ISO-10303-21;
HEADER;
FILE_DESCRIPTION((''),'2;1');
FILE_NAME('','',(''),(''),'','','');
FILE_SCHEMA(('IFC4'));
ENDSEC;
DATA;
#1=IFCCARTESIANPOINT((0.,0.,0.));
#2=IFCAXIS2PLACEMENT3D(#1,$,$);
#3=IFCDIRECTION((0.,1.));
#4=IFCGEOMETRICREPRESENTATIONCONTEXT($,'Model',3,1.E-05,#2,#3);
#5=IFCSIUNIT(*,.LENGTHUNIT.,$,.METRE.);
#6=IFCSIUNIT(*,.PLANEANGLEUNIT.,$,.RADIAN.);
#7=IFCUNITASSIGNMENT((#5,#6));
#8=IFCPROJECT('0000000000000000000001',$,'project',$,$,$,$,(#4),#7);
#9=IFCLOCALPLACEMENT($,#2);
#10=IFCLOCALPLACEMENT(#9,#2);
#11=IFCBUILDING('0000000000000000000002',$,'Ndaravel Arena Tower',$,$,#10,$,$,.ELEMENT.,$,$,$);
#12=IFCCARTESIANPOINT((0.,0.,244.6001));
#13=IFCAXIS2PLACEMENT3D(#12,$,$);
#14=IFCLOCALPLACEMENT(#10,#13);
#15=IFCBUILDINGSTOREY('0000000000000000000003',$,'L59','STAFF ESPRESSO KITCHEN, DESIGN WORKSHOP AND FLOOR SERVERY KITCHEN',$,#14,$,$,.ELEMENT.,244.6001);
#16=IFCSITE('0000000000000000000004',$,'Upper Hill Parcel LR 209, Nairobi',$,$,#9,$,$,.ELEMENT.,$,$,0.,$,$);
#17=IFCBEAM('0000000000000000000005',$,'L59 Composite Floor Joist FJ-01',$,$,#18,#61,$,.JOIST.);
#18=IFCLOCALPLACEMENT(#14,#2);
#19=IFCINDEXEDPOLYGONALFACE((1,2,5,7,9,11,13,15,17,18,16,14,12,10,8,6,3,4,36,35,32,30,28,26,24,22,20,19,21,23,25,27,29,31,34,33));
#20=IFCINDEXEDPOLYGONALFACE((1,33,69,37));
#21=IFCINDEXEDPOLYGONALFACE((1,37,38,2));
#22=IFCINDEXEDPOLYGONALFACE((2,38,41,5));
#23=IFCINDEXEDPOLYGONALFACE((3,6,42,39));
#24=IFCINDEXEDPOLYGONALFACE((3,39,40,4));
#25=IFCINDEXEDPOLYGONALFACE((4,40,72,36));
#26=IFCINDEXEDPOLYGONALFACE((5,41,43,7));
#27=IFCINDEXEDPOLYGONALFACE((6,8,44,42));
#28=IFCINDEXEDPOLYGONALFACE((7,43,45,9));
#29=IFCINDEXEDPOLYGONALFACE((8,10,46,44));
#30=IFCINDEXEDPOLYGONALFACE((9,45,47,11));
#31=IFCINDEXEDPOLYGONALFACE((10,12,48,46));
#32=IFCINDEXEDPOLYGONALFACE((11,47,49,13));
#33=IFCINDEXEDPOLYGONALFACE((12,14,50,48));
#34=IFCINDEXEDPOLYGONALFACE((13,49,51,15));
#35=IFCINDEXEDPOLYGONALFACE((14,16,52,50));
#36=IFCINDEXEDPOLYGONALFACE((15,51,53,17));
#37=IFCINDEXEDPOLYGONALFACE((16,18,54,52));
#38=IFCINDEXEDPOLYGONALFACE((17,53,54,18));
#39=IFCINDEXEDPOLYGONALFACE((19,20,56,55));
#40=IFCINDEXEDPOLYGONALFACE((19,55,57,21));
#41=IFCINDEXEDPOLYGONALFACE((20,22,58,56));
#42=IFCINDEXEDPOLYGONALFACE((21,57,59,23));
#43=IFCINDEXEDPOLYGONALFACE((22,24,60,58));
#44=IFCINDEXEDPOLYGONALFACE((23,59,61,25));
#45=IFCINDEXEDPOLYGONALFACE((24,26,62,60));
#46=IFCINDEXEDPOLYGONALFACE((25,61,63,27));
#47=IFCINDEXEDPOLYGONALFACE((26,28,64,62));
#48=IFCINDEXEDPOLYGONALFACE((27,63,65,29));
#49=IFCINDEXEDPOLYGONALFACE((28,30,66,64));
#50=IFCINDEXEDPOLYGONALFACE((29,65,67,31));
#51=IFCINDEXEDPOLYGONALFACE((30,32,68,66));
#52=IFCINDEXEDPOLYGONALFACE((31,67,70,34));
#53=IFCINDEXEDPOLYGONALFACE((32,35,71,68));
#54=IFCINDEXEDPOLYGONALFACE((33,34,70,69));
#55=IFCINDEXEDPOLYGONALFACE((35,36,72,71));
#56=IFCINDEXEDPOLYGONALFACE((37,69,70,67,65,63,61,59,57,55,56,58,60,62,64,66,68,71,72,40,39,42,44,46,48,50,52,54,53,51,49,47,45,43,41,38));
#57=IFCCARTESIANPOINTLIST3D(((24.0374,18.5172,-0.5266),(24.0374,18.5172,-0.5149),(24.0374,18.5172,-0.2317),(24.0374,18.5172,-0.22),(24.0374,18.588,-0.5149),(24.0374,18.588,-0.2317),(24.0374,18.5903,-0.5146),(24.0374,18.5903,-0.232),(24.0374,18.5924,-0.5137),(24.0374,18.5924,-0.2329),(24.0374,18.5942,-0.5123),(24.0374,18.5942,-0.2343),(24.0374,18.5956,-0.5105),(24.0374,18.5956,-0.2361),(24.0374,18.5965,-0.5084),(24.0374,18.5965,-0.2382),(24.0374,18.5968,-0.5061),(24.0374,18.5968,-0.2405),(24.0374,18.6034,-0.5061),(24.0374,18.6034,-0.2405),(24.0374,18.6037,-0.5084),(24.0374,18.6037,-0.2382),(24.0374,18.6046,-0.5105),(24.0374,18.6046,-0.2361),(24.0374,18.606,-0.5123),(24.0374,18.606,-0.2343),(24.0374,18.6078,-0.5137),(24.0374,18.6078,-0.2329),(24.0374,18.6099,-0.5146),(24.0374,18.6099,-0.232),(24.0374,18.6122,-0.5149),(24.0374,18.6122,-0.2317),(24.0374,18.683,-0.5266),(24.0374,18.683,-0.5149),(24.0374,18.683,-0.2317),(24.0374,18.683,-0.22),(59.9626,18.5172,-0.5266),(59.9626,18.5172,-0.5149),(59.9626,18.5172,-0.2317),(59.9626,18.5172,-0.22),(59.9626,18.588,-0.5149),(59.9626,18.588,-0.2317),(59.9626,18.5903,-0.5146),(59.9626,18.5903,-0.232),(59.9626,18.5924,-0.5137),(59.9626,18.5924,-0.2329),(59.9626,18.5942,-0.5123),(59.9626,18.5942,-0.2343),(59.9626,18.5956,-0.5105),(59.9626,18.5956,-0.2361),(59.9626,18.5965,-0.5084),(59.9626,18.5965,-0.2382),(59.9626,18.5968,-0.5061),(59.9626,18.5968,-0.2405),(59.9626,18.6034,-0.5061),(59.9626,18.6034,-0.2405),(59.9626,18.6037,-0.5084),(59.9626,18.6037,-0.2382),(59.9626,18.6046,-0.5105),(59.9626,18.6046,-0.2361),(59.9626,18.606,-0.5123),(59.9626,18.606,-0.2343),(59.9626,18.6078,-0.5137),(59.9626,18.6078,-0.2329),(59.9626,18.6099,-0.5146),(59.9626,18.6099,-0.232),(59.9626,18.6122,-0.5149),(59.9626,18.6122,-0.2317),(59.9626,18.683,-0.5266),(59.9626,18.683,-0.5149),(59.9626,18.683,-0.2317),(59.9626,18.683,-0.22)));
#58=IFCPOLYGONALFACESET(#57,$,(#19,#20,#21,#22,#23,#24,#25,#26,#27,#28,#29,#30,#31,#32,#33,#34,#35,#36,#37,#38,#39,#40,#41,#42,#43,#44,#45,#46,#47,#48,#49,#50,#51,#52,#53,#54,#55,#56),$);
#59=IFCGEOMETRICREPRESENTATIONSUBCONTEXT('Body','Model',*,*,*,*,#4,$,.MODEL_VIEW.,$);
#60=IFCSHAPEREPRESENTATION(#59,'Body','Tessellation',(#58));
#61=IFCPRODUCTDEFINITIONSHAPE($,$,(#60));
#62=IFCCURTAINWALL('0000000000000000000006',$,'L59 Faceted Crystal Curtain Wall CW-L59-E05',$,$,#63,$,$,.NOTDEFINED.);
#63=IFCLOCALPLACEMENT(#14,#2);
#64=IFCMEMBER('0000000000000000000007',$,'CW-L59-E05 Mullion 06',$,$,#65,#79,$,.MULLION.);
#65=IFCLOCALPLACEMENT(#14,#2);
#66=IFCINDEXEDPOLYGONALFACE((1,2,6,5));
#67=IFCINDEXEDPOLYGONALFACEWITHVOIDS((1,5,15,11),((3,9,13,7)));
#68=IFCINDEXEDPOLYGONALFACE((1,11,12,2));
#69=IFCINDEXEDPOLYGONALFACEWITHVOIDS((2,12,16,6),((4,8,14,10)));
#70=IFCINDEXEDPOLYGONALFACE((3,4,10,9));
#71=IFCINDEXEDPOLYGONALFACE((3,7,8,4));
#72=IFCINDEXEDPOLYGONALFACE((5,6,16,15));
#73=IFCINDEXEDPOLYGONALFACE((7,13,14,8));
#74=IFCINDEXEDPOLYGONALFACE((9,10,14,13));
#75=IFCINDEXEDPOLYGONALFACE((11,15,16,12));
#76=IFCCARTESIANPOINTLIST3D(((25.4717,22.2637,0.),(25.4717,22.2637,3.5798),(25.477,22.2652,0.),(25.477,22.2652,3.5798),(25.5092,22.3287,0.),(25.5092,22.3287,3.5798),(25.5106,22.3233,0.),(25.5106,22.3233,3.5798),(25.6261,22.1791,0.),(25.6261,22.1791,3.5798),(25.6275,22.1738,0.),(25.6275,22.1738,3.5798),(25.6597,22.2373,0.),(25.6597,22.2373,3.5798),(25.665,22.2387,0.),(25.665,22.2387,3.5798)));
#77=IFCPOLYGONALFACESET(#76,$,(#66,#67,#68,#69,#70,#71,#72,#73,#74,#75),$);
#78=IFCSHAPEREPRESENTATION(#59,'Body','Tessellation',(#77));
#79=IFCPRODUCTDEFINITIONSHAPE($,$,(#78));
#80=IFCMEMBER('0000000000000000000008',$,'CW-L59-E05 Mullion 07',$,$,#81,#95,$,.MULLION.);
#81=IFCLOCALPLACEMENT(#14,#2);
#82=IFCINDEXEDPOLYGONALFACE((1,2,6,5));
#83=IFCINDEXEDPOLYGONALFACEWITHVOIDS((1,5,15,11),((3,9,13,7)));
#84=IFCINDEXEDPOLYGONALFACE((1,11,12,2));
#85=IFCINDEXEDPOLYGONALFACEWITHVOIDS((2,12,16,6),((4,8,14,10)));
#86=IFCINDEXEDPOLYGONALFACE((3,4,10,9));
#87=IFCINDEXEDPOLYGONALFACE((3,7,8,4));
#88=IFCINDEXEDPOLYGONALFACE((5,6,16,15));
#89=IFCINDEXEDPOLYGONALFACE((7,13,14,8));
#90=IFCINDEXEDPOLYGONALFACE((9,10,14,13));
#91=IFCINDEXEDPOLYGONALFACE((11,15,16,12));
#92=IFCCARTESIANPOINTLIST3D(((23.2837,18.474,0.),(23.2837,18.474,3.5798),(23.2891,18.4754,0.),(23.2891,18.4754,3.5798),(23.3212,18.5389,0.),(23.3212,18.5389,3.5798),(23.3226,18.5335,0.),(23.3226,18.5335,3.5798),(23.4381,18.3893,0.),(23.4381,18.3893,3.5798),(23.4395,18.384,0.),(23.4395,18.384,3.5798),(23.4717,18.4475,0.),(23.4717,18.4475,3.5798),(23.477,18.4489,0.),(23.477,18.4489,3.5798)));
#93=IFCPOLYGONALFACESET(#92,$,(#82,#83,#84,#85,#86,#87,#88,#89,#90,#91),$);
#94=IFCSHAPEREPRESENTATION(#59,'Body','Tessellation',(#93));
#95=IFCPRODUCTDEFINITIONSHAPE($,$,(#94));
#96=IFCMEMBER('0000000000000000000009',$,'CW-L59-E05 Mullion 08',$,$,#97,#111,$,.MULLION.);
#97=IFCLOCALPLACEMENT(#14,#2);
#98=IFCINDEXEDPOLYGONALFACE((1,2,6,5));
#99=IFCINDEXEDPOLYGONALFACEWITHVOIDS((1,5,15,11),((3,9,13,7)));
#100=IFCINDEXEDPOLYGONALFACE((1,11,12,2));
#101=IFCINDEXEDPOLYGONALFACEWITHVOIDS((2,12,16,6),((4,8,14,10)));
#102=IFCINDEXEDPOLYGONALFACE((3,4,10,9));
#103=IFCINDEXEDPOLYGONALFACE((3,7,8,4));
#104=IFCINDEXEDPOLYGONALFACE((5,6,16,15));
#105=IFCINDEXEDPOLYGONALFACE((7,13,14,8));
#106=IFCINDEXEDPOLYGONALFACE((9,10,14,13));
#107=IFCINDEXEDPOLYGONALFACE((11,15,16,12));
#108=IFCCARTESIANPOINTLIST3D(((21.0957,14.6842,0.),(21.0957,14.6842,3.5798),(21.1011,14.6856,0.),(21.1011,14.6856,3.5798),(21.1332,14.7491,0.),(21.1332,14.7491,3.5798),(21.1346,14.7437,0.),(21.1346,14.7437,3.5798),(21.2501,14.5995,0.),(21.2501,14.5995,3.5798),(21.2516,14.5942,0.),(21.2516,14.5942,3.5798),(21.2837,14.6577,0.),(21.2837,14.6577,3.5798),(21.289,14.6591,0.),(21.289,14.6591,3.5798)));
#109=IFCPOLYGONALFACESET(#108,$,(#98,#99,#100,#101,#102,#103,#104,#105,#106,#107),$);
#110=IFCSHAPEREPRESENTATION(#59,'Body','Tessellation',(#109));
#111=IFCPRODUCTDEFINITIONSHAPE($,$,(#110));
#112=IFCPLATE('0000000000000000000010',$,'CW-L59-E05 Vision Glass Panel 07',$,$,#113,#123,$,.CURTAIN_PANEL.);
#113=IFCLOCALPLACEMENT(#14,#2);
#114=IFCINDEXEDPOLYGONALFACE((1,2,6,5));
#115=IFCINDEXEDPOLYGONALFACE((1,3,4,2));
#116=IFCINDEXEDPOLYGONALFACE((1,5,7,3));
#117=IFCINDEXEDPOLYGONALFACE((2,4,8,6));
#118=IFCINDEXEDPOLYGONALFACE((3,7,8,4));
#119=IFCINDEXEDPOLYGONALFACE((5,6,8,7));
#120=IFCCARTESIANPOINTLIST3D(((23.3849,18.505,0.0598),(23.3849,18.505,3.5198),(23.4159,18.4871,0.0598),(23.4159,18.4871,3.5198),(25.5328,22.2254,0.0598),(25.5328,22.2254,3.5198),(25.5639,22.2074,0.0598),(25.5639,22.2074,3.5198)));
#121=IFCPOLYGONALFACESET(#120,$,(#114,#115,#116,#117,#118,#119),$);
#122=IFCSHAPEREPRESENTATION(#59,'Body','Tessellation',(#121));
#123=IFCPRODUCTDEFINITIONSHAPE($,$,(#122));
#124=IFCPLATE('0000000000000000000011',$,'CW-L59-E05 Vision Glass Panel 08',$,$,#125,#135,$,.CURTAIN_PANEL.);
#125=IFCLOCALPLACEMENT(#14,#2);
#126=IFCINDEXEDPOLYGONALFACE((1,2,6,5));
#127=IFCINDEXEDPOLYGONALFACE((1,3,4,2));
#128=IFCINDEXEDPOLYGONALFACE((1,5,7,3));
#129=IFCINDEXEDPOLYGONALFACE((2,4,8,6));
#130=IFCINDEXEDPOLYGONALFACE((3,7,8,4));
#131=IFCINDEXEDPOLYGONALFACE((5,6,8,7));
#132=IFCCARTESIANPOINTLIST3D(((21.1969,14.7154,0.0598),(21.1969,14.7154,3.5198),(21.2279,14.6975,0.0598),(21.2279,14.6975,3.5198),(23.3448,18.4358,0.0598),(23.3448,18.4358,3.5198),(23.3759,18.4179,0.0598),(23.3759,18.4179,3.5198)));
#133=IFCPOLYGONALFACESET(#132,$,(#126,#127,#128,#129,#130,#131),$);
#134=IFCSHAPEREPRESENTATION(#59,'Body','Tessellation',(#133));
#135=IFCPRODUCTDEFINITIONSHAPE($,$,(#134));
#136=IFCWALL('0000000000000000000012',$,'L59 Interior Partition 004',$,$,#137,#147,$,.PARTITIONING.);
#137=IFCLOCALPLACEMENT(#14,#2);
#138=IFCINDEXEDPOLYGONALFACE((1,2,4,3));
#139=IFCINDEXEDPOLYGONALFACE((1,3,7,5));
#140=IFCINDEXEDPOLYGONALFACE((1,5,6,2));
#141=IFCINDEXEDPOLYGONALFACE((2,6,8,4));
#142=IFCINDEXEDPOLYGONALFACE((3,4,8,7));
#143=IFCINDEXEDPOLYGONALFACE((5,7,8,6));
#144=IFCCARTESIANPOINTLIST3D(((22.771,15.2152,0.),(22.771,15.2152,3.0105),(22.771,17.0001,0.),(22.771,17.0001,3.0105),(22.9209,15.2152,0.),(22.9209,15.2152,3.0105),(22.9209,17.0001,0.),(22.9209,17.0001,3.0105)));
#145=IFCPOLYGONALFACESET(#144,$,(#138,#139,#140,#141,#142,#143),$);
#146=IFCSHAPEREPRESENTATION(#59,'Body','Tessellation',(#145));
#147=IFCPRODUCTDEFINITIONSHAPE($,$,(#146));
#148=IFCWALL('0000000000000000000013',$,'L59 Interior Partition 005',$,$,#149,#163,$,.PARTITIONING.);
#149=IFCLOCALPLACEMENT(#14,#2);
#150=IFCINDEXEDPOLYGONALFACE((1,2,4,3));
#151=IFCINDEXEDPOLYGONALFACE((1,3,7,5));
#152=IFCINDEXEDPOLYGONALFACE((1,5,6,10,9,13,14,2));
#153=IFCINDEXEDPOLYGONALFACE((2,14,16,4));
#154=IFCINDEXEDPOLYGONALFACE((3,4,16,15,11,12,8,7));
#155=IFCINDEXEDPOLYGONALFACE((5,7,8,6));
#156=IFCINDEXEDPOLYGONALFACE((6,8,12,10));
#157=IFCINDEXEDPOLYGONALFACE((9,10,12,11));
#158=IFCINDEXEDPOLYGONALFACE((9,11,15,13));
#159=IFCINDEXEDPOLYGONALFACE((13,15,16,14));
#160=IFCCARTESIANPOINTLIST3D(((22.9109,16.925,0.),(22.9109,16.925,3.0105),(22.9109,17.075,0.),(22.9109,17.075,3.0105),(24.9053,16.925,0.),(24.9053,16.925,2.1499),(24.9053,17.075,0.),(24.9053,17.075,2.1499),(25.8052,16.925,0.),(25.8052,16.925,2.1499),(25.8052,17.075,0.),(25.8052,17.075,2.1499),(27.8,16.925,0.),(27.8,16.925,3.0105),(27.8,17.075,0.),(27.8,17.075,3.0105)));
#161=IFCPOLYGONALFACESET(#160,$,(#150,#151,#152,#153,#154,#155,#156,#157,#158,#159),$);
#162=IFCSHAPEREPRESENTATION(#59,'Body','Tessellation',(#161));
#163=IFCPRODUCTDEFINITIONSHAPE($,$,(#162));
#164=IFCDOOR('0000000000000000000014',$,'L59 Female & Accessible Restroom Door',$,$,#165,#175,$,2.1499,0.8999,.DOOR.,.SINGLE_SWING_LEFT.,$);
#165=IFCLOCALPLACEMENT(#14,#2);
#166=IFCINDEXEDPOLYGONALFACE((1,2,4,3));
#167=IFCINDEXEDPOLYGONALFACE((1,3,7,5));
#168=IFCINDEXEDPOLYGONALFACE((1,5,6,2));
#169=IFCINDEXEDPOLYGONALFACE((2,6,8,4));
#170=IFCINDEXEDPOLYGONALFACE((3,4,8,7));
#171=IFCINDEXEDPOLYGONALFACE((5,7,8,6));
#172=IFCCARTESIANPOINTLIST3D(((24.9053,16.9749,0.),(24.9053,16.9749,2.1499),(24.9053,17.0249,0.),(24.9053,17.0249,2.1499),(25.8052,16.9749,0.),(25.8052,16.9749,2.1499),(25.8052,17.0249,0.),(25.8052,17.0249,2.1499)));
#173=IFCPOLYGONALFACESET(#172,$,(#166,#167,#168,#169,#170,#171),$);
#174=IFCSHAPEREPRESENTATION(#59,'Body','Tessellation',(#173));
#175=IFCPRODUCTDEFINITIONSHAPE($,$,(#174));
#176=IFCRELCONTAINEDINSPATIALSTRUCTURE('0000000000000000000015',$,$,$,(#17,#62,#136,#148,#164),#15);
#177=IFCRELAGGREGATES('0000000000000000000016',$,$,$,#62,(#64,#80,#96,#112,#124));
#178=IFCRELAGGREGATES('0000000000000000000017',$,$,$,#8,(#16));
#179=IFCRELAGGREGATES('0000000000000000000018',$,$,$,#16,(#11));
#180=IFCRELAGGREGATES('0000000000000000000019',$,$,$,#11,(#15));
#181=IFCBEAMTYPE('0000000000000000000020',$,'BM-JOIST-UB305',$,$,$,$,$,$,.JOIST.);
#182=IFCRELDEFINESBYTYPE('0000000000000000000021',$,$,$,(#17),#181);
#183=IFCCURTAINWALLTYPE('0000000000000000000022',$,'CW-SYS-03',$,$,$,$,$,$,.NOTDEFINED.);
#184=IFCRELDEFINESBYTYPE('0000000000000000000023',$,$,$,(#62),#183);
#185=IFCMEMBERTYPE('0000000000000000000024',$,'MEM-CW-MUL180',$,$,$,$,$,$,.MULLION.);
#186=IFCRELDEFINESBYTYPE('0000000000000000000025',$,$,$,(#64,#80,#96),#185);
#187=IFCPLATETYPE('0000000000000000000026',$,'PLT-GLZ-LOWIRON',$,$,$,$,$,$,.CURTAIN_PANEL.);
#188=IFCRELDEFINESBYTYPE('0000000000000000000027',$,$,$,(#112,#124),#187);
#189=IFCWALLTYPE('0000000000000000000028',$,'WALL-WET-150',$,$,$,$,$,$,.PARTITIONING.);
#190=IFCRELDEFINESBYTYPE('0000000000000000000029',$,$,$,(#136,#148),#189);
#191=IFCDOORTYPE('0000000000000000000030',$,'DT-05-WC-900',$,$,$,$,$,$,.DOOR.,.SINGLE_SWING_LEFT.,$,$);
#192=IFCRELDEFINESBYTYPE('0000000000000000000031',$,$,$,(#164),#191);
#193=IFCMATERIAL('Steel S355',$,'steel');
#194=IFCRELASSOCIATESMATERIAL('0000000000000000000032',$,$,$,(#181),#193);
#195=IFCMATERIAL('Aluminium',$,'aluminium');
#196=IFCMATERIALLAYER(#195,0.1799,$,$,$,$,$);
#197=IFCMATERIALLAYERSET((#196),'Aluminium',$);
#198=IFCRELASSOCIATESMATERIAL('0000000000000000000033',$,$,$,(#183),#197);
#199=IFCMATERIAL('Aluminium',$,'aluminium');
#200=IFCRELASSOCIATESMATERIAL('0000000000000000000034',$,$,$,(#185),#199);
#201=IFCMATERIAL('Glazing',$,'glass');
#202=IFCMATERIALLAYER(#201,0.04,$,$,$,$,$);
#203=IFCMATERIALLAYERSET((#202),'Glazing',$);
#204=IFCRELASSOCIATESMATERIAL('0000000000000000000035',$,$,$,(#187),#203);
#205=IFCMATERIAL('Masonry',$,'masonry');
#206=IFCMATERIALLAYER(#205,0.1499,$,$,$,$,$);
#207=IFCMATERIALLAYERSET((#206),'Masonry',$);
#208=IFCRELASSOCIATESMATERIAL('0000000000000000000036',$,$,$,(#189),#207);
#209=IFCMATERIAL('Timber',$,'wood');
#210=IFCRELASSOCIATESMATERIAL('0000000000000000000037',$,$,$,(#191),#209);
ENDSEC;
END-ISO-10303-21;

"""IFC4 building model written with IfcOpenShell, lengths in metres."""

from ifc_helpers import new_model, si_unit, direction, frame, frame_2d, origin, origin_2d, place, context, subcontext, project, spatial, rectangle, hollow_rectangle, i_section, extrude, material, layer, layer_set, material_profile, profile_set, type_object, element, fill, aggregate, save


model = new_model("IFC4")

# Units and contexts
model_context = context("Model", 3, precision=1e-05, world=origin(), true_north=direction((0.0, 1.0)))
body_context = subcontext(model_context, "Body", "Model", "MODEL_VIEW")
ifc_project = project(units=[si_unit("LENGTHUNIT", "METRE"), si_unit("PLANEANGLEUNIT", "RADIAN")], contexts=[model_context])

# Site, building, storey
site_placement = place(None, origin())
site = spatial("IfcSite", under=ifc_project, at=site_placement, Name="Upper Hill Parcel LR 209, Nairobi", CompositionType="ELEMENT", RefElevation=0.0)
building_placement = place(site_placement, origin())
building = spatial("IfcBuilding", under=site, at=building_placement, Name="Ndaravel Arena Tower", CompositionType="ELEMENT")
storey_placement = place(building_placement, frame((0.0, 0.0, 244.6001)))
storey = spatial("IfcBuildingStorey", under=building, at=storey_placement, Name="L59", Description="STAFF ESPRESSO KITCHEN, DESIGN WORKSHOP AND FLOOR SERVERY KITCHEN", CompositionType="ELEMENT", Elevation=244.6001)

# Beam
ifc_material_1 = material(Name="Steel S355", Category="steel")
ifc_material_profile_1 = material_profile(ifc_material_1, i_section(OverallWidth=0.1658, OverallDepth=0.3066, WebThickness=0.0066, FlangeThickness=0.0117, FilletRadius=0.0088, at=origin_2d()), Name="UB 305x165x46")
ifc_profile_set_1 = profile_set([ifc_material_profile_1], Name="Steel S355")
beam_type = type_object("IfcBeamType", Name="BM-JOIST-UB305", PredefinedType="JOIST", material=ifc_profile_set_1)
beam_placement = place(storey_placement, frame((24.0374, 18.6001, -0.3733), z_axis=(1.0, 0.0, 0.0), x_axis=(0.0, 1.0, 0.0)))
element("IfcBeam", 1, at=beam_placement, inside=storey, type_object=beam_type, Name="L59 Composite Floor Joist FJ-01", PredefinedType="JOIST", context=body_context, shape_type="SweptSolid", body=[
    extrude(i_section(OverallWidth=0.1658, OverallDepth=0.3066, WebThickness=0.0066, FlangeThickness=0.0117, FilletRadius=0.0088, at=origin_2d()), origin(), (0.0, 0.0, 1.0), 35.9253),
])

# Curtain wall, members, plates
ifc_material_2 = material(Name="Aluminium", Category="aluminium")
ifc_layer_1 = layer(ifc_material_2, 0.1799)
ifc_layer_set_1 = layer_set([ifc_layer_1], Name="Aluminium")
curtain_wall_type = type_object("IfcCurtainWallType", Name="CW-SYS-03", PredefinedType="NOTDEFINED", material=ifc_layer_set_1)
curtain_wall_placement = place(storey_placement, origin())
curtain_wall = element("IfcCurtainWall", 2, at=curtain_wall_placement, inside=storey, type_object=curtain_wall_type, Name="L59 Faceted Crystal Curtain Wall CW-L59-E05", PredefinedType="NOTDEFINED")
ifc_material_3 = material(Name="Aluminium", Category="aluminium")
ifc_material_profile_2 = material_profile(ifc_material_3, hollow_rectangle(XDim=0.075, YDim=0.1799, WallThickness=0.0039, at=origin_2d()), Name="CW MULLION 75x180x4")
ifc_profile_set_2 = profile_set([ifc_material_profile_2], Name="Aluminium")
member_type = type_object("IfcMemberType", Name="MEM-CW-MUL180", PredefinedType="MULLION", material=ifc_profile_set_2)
member_1_placement = place(storey_placement, frame((25.5684, 22.2512, 0.0), z_axis=(0.0, 0.0, 1.0), x_axis=(-0.5, -0.866025, 0.0)))
member_1 = element("IfcMember", 3, at=member_1_placement, type_object=member_type, Name="CW-L59-E05 Mullion 06", PredefinedType="MULLION", context=body_context, shape_type="SweptSolid", body=[
    extrude(hollow_rectangle(XDim=0.075, YDim=0.1799, WallThickness=0.0039, at=origin_2d()), origin(), (0.0, 0.0, 1.0), 3.5798),
])
member_2_placement = place(storey_placement, frame((23.3804, 18.4614, 0.0), z_axis=(0.0, 0.0, 1.0), x_axis=(-0.5, -0.866025, 0.0)))
member_2 = element("IfcMember", 4, at=member_2_placement, type_object=member_type, Name="CW-L59-E05 Mullion 07", PredefinedType="MULLION", context=body_context, shape_type="SweptSolid", body=[
    extrude(hollow_rectangle(XDim=0.075, YDim=0.1799, WallThickness=0.0039, at=origin_2d()), origin(), (0.0, 0.0, 1.0), 3.5798),
])
member_3_placement = place(storey_placement, frame((21.1924, 14.6716, 0.0), z_axis=(0.0, 0.0, 1.0), x_axis=(-0.5, -0.866025, 0.0)))
member_3 = element("IfcMember", 5, at=member_3_placement, type_object=member_type, Name="CW-L59-E05 Mullion 08", PredefinedType="MULLION", context=body_context, shape_type="SweptSolid", body=[
    extrude(hollow_rectangle(XDim=0.075, YDim=0.1799, WallThickness=0.0039, at=origin_2d()), origin(), (0.0, 0.0, 1.0), 3.5798),
])
ifc_material_4 = material(Name="Glazing", Category="glass")
ifc_layer_2 = layer(ifc_material_4, 0.04)
ifc_layer_set_2 = layer_set([ifc_layer_2], Name="Glazing")
plate_type = type_object("IfcPlateType", Name="PLT-GLZ-LOWIRON", PredefinedType="CURTAIN_PANEL", material=ifc_layer_set_2)
plate_1_placement = place(storey_placement, frame((24.4744, 20.3562, 0.0598), z_axis=(0.0, 0.0, 1.0), x_axis=(-0.5, -0.866025, 0.0)))
plate_1 = element("IfcPlate", 6, at=plate_1_placement, type_object=plate_type, Name="CW-L59-E05 Vision Glass Panel 07", PredefinedType="CURTAIN_PANEL", context=body_context, shape_type="SweptSolid", body=[
    extrude(rectangle(XDim=4.2959, YDim=0.0359, at=origin_2d()), origin(), (0.0, 0.0, 1.0), 3.46),
])
plate_2_placement = place(storey_placement, frame((22.2864, 16.5667, 0.0598), z_axis=(0.0, 0.0, 1.0), x_axis=(-0.5, -0.866025, 0.0)))
plate_2 = element("IfcPlate", 7, at=plate_2_placement, type_object=plate_type, Name="CW-L59-E05 Vision Glass Panel 08", PredefinedType="CURTAIN_PANEL", context=body_context, shape_type="SweptSolid", body=[
    extrude(rectangle(XDim=4.2959, YDim=0.0359, at=origin_2d()), origin(), (0.0, 0.0, 1.0), 3.46),
])
aggregate(curtain_wall, [member_1, member_2, member_3, plate_1, plate_2])

# Wall
ifc_material_5 = material(Name="Masonry", Category="masonry")
ifc_layer_3 = layer(ifc_material_5, 0.1499)
ifc_layer_set_3 = layer_set([ifc_layer_3], Name="Masonry")
wall_type = type_object("IfcWallType", Name="WALL-WET-150", PredefinedType="PARTITIONING", material=ifc_layer_set_3)
wall_1_placement = place(storey_placement, frame((22.8459, 15.2151, 0.0), z_axis=(0.0, 0.0, 1.0), x_axis=(0.0, 1.0, 0.0)))
element("IfcWall", 8, at=wall_1_placement, inside=storey, type_object=wall_type, Name="L59 Interior Partition 004", PredefinedType="PARTITIONING", context=body_context, shape_type="SweptSolid", body=[
    extrude(rectangle(XDim=1.7849, YDim=0.1499, at=frame_2d((0.8926, 0.0))), origin(), (0.0, 0.0, 1.0), 3.0105),
])

# Wall, opening, door
wall_2_placement = place(storey_placement, frame((22.9109, 17.0, 0.0), z_axis=(0.0, 0.0, 1.0), x_axis=(1.0, 0.0, 0.0)))
wall_2 = element("IfcWall", 9, at=wall_2_placement, inside=storey, type_object=wall_type, Name="L59 Interior Partition 005", PredefinedType="PARTITIONING", context=body_context, shape_type="SweptSolid", body=[
    extrude(rectangle(XDim=4.8892, YDim=0.1499, at=frame_2d((2.4446, 0.0))), origin(), (0.0, 0.0, 1.0), 3.0105),
])
opening_placement = place(wall_2_placement, frame((1.9944, 0.0, 0.0)))
opening = element("IfcOpeningElement", 10, at=opening_placement, cuts=wall_2, PredefinedType="OPENING", context=body_context, shape_type="SweptSolid", body=[
    extrude(rectangle(XDim=0.8999, YDim=2.1499, at=frame_2d((0.45, 1.075))), frame((0.0, 0.075, 0.0), z_axis=(0.0, -1.0, 0.0), x_axis=(1.0, 0.0, 0.0)), (0.0, 0.0, 1.0), 0.1499),
])
ifc_material_6 = material(Name="Timber", Category="wood")
door_type = type_object("IfcDoorType", Name="DT-05-WC-900", OperationType="SINGLE_SWING_LEFT", PredefinedType="DOOR", material=ifc_material_6)
door_placement = place(opening_placement, origin())
door = element("IfcDoor", 11, at=door_placement, inside=storey, type_object=door_type, Name="L59 Female & Accessible Restroom Door", OperationType="SINGLE_SWING_LEFT", OverallHeight=2.1499, OverallWidth=0.8999, PredefinedType="DOOR", context=body_context, shape_type="SweptSolid", body=[
    extrude(rectangle(XDim=0.8999, YDim=2.1499, at=frame_2d((0.45, 1.075))), frame((0.0, 0.0249, 0.0), z_axis=(0.0, -1.0, 0.0), x_axis=(1.0, 0.0, 0.0)), (0.0, 0.0, 1.0), 0.05),
])
fill(opening, door)

save(model, "model.ifc")
